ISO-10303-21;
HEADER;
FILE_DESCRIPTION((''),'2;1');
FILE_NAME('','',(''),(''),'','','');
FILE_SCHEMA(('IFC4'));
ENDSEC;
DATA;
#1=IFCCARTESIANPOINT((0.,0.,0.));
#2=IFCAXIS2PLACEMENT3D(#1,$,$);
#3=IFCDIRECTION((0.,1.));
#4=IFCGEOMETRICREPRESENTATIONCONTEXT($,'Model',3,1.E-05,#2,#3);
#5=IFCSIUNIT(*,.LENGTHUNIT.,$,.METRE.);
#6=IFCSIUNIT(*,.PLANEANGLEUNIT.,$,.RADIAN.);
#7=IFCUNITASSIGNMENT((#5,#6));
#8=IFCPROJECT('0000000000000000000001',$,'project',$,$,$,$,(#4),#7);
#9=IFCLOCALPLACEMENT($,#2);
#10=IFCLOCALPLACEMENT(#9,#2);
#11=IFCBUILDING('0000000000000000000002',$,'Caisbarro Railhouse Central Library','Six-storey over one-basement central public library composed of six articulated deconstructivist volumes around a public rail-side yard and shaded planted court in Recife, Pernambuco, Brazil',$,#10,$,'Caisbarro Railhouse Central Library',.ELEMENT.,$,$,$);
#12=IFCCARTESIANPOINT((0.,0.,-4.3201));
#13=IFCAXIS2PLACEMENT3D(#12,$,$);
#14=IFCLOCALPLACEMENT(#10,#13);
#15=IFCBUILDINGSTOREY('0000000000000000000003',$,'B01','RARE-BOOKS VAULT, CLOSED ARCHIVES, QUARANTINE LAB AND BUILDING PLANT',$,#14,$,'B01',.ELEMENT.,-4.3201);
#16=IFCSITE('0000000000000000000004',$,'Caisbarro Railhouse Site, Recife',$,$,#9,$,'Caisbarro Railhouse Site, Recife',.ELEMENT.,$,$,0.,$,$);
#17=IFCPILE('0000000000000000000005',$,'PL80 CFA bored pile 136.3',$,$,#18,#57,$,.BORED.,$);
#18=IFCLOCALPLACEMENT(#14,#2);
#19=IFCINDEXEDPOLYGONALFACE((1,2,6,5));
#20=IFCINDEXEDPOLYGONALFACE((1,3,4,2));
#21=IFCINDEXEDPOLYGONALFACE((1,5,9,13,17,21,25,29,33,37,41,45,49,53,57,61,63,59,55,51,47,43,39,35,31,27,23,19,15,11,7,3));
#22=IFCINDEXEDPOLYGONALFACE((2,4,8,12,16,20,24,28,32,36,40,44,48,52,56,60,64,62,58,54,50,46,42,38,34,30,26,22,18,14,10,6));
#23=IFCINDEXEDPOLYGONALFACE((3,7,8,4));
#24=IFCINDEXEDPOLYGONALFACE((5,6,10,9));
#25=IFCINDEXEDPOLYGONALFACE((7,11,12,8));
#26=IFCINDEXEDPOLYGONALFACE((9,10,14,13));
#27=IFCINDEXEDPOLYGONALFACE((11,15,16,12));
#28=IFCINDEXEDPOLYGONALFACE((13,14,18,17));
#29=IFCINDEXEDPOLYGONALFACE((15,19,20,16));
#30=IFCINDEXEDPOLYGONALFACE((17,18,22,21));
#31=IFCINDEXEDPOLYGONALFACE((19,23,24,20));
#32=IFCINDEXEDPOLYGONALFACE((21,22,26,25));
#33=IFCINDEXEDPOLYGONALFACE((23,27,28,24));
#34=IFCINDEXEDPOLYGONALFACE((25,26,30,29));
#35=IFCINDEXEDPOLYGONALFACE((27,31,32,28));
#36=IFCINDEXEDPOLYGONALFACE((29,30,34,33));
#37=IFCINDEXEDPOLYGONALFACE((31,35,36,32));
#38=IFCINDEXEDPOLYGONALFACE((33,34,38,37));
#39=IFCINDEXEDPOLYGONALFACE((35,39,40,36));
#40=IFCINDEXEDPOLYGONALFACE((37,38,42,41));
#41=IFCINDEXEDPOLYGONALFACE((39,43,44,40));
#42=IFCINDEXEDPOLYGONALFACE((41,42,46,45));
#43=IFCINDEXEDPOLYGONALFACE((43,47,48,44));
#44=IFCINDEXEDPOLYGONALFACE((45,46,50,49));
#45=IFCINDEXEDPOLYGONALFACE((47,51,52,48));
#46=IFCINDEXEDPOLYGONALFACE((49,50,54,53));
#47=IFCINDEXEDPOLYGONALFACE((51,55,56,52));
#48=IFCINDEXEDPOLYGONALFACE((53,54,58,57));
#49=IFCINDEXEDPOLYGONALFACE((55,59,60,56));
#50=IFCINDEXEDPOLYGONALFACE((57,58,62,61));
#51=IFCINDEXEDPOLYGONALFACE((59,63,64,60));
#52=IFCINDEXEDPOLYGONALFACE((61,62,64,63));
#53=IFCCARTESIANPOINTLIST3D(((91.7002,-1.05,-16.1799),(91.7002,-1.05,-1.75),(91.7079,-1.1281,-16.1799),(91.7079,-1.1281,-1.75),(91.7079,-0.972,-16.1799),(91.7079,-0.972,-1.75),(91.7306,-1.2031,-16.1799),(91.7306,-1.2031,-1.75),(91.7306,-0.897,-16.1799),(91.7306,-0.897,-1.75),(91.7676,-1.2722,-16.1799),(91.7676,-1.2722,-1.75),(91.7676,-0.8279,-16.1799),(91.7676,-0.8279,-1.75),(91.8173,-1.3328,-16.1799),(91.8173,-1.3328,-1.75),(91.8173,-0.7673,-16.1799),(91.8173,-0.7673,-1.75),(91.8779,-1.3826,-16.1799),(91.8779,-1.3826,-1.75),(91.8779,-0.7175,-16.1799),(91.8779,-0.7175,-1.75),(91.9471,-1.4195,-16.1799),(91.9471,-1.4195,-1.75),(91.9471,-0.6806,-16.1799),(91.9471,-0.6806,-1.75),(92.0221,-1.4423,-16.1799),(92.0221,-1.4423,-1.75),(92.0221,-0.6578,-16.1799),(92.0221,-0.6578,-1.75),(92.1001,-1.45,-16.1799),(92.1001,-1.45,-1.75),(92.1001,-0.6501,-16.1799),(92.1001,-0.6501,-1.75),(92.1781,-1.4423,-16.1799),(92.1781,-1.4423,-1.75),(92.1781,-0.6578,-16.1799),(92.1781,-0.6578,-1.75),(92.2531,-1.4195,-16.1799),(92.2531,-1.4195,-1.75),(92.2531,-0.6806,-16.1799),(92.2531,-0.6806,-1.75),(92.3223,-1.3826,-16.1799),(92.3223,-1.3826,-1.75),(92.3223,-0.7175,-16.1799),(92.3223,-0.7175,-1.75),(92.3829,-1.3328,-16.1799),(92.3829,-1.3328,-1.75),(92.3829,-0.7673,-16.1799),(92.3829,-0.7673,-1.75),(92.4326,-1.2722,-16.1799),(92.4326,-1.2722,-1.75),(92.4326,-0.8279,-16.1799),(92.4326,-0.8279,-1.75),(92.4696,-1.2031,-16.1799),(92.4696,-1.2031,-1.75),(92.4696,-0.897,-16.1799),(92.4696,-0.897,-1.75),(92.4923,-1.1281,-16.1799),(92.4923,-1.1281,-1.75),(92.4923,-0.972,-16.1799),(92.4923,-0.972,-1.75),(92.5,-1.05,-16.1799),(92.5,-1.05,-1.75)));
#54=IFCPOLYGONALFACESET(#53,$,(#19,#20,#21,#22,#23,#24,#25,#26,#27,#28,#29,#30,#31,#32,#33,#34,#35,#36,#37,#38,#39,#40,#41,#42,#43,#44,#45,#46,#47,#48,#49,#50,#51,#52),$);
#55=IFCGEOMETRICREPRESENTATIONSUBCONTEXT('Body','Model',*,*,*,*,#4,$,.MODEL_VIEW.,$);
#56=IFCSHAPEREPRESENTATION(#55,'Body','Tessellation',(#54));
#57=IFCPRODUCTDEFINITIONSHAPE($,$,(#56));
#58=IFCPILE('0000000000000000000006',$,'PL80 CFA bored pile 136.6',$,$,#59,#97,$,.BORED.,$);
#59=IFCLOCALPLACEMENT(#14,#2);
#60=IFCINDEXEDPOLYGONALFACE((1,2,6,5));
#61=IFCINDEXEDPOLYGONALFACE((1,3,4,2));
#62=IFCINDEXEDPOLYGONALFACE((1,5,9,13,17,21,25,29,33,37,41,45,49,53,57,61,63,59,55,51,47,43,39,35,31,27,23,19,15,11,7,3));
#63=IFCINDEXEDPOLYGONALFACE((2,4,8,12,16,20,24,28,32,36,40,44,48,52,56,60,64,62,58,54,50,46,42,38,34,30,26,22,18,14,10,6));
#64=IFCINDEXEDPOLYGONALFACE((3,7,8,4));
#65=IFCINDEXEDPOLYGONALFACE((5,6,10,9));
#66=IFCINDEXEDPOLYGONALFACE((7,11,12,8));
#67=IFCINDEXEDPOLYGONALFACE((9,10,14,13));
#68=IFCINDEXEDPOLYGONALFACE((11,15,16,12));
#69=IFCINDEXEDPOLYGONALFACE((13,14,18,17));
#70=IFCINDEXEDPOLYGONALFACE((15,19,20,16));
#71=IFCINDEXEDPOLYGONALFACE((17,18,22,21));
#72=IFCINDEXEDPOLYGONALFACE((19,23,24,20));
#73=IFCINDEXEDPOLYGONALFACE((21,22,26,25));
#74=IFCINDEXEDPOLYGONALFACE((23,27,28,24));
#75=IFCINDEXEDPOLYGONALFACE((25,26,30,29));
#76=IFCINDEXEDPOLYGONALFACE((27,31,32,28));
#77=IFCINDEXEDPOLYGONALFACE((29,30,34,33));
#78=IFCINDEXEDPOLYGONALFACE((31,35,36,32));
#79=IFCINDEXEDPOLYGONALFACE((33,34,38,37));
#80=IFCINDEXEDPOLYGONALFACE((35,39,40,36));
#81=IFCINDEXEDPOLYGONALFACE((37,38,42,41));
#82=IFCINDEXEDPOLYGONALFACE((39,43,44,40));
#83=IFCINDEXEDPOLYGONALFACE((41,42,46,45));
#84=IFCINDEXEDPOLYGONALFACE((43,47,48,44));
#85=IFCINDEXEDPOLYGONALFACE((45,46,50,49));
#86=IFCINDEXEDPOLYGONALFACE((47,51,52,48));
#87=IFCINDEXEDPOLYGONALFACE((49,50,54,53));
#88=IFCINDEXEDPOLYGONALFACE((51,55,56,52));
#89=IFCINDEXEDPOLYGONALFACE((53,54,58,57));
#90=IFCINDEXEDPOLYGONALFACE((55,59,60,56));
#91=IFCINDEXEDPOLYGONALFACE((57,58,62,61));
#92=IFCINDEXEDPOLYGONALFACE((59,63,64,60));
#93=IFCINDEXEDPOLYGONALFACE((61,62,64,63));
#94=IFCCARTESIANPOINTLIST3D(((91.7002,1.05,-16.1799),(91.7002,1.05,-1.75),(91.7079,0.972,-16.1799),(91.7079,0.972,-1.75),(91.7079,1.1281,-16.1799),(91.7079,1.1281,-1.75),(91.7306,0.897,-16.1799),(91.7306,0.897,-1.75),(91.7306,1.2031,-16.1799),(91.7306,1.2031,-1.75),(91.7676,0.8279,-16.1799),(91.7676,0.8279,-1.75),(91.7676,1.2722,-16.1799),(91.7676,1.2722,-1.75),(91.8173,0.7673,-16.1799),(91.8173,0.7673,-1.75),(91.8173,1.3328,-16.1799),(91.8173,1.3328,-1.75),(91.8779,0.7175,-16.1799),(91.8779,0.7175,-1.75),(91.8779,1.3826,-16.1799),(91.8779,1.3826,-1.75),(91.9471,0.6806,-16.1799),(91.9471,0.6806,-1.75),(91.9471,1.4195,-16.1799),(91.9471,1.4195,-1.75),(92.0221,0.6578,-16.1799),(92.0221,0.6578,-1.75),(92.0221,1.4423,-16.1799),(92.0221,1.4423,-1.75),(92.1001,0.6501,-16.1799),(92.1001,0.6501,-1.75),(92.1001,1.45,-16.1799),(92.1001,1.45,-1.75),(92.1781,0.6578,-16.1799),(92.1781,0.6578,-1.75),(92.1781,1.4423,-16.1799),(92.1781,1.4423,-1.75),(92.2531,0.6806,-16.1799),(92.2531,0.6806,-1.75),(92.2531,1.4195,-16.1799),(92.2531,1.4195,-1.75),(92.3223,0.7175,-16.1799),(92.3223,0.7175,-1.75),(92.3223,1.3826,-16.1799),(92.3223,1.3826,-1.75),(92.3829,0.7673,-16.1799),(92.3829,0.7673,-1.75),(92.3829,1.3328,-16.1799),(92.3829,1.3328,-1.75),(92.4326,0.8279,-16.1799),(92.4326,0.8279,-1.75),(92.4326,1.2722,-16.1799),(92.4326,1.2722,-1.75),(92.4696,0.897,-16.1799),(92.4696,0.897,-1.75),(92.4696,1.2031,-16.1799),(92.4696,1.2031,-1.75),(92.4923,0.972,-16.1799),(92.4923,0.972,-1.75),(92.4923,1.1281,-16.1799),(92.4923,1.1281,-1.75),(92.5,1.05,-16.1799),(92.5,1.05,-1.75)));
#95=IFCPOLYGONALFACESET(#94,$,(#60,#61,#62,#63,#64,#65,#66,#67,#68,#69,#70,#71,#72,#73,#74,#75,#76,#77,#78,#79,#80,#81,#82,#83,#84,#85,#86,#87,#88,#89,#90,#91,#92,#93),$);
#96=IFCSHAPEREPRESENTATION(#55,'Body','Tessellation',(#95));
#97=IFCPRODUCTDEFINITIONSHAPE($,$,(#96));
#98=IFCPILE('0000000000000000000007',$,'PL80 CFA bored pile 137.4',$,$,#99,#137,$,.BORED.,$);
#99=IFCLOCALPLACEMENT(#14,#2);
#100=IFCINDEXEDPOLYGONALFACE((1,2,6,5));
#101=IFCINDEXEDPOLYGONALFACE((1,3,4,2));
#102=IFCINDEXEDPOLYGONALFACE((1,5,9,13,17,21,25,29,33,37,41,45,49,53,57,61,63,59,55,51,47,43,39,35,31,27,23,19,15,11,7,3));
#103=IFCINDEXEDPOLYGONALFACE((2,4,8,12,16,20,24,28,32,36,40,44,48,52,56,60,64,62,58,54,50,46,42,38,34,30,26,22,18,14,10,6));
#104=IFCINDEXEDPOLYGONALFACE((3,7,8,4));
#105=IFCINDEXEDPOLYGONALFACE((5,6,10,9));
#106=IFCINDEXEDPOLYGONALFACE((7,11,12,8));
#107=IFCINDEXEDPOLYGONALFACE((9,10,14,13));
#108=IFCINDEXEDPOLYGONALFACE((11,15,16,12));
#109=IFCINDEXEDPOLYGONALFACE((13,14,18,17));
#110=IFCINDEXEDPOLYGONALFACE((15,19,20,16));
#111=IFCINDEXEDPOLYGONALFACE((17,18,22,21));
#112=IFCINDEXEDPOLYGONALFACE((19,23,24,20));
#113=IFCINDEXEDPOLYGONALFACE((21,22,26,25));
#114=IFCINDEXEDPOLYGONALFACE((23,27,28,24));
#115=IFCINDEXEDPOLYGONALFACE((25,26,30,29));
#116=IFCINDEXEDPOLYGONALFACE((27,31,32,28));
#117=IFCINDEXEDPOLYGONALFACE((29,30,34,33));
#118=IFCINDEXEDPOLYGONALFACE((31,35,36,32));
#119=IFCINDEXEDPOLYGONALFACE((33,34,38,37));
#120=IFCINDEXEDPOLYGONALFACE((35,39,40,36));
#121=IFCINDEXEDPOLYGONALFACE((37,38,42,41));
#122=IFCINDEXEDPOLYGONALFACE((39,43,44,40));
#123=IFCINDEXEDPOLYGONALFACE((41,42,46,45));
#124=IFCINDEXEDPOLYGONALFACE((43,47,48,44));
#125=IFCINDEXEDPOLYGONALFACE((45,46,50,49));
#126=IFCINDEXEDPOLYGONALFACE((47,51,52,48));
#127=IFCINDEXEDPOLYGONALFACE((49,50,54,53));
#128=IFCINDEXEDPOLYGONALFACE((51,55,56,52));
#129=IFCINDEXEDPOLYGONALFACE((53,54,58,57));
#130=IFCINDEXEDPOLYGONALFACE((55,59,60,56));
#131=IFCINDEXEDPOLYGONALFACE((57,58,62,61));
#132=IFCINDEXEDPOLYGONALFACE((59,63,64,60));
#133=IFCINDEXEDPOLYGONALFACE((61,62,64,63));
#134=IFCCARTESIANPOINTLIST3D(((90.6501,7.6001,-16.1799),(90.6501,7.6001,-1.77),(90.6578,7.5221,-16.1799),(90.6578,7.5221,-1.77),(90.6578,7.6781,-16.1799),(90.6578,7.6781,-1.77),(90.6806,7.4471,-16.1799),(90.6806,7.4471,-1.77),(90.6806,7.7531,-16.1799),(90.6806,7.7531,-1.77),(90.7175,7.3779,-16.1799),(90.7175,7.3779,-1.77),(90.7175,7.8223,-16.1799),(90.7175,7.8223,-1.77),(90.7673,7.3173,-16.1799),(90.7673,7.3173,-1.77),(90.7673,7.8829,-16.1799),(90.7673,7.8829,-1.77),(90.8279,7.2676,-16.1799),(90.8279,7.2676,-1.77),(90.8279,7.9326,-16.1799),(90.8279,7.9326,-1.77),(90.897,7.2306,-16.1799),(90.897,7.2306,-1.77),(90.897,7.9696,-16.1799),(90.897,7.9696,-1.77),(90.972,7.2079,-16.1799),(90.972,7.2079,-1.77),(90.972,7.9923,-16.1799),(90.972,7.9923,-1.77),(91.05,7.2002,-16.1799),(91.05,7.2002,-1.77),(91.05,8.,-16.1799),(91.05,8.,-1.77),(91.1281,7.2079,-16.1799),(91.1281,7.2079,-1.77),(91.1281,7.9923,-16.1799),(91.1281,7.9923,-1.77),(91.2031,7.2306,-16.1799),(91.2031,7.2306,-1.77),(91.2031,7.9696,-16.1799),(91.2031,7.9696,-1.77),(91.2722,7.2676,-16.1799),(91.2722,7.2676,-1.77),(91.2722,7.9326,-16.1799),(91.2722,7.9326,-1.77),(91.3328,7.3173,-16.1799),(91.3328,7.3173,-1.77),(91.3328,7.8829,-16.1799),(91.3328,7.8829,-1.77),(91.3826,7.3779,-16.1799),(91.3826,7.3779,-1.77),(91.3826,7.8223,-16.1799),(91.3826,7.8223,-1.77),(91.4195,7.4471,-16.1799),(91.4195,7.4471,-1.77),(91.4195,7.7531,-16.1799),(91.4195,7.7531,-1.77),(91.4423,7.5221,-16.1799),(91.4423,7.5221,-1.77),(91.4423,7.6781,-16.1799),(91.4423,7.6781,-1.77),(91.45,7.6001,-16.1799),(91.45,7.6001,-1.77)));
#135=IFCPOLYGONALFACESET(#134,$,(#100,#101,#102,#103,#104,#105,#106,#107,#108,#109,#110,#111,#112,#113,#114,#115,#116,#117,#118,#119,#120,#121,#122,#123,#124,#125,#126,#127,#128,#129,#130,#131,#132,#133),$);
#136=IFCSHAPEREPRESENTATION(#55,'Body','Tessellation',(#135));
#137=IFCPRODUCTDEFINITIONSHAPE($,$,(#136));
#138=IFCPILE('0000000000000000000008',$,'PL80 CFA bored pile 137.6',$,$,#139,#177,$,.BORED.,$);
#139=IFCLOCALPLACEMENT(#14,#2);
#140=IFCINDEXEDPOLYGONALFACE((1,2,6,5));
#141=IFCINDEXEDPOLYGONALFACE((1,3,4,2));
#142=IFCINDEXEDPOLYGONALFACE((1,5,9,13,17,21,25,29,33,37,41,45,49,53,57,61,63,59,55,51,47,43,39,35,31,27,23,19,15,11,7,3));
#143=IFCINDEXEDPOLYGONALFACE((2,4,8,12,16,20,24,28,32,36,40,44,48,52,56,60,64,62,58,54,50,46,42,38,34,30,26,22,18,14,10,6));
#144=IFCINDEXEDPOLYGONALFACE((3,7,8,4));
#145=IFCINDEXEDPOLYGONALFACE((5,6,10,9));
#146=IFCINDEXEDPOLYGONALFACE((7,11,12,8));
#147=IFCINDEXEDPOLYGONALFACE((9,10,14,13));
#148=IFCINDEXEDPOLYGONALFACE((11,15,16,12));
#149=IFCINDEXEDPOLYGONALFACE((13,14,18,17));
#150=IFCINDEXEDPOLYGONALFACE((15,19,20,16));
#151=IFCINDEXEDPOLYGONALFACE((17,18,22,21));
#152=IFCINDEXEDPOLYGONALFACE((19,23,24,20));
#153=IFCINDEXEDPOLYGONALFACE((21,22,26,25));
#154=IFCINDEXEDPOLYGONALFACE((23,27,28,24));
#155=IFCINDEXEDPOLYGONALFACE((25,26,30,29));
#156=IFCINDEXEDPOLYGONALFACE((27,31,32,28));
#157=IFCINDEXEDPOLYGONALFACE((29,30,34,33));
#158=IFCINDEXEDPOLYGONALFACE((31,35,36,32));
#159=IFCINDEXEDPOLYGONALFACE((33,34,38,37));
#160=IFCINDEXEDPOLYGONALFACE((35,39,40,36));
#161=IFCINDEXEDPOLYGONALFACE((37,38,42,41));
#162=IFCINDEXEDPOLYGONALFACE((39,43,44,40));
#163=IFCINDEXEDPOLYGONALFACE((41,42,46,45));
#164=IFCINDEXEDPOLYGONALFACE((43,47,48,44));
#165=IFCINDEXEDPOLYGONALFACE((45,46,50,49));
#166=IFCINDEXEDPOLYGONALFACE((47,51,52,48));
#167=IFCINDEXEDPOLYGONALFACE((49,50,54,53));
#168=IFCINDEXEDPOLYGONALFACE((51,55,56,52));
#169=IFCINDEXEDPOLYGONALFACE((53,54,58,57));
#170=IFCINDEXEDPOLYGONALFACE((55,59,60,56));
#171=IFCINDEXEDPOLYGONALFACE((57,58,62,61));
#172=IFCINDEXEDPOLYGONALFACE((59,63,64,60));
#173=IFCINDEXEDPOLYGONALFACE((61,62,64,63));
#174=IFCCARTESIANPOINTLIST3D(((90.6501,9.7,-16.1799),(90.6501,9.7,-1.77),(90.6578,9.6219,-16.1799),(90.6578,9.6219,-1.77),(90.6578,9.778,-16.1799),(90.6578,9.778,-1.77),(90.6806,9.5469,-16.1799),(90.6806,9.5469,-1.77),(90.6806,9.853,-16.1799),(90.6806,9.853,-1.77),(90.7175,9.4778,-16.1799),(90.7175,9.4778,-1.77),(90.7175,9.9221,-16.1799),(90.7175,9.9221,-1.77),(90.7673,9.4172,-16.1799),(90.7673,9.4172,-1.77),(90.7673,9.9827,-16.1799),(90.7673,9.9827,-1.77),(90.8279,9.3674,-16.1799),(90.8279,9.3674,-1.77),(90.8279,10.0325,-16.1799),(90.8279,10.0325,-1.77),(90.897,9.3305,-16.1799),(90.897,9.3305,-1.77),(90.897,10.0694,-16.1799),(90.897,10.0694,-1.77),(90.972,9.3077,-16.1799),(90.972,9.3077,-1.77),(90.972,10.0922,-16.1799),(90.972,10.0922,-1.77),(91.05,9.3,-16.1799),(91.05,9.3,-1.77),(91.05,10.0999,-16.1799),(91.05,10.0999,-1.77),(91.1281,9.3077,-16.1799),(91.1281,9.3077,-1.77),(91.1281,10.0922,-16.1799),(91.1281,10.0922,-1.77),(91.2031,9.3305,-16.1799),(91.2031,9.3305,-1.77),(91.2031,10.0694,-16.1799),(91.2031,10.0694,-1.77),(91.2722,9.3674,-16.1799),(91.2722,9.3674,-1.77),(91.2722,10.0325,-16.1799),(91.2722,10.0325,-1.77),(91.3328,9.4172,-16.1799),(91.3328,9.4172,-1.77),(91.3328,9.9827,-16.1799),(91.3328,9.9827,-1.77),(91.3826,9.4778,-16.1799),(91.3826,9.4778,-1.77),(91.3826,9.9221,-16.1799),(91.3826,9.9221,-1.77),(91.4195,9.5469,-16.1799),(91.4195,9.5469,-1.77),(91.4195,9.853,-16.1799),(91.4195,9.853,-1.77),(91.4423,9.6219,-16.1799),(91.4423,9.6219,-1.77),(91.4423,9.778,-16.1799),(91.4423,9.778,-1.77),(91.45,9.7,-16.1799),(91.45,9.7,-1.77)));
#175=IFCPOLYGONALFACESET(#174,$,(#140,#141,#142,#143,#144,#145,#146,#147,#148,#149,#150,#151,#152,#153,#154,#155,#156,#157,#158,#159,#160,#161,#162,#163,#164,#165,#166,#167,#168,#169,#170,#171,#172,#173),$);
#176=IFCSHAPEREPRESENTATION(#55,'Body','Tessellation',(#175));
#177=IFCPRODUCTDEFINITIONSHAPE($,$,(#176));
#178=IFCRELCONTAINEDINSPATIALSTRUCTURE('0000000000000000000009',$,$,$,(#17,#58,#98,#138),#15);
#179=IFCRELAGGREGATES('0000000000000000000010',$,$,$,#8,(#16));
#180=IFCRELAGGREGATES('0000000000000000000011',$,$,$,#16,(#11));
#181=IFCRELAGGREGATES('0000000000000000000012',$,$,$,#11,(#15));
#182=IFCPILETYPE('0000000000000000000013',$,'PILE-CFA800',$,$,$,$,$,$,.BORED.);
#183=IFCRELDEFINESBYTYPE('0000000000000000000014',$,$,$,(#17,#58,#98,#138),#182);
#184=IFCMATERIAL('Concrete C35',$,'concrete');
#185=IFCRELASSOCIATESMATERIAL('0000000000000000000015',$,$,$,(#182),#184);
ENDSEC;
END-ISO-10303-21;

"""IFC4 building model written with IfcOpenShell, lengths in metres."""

from ifc_helpers import new_model, si_unit, direction, frame, origin, origin_2d, place, context, subcontext, project, spatial, circle, extrude, material, material_profile, profile_set, type_object, element, save


model = new_model("IFC4")

# Units and contexts
model_context = context("Model", 3, precision=1e-05, world=origin(), true_north=direction((0.0, 1.0)))
body_context = subcontext(model_context, "Body", "Model", "MODEL_VIEW")
ifc_project = project(units=[si_unit("LENGTHUNIT", "METRE"), si_unit("PLANEANGLEUNIT", "RADIAN")], contexts=[model_context])

# Site, building, storey
site_placement = place(None, origin())
site = spatial("IfcSite", under=ifc_project, at=site_placement, Name="Caisbarro Railhouse Site, Recife", LongName="Caisbarro Railhouse Site, Recife", CompositionType="ELEMENT", RefElevation=0.0)
building_placement = place(site_placement, origin())
building = spatial("IfcBuilding", under=site, at=building_placement, Name="Caisbarro Railhouse Central Library", Description="Six-storey over one-basement central public library composed of six articulated deconstructivist volumes around a public rail-side yard and shaded planted court in Recife, Pernambuco, Brazil", LongName="Caisbarro Railhouse Central Library", CompositionType="ELEMENT")
storey_placement = place(building_placement, frame((0.0, 0.0, -4.3201)))
storey = spatial("IfcBuildingStorey", under=building, at=storey_placement, Name="B01", Description="RARE-BOOKS VAULT, CLOSED ARCHIVES, QUARANTINE LAB AND BUILDING PLANT", LongName="B01", CompositionType="ELEMENT", Elevation=-4.3201)

# Piles
ifc_material_1 = material(Name="Concrete C35", Category="concrete")
ifc_material_profile_1 = material_profile(ifc_material_1, circle(Radius=0.3999, at=origin_2d()), Name="PILE-CFA-800")
ifc_profile_set_1 = profile_set([ifc_material_profile_1], Name="Concrete C35")
pile_type = type_object("IfcPileType", Name="PILE-CFA800", PredefinedType="BORED", material=ifc_profile_set_1)
for number, where, z_axis, x_axis, name in (
    (1, (92.1001, -1.05, -1.75), (0.0, 0.0, -1.0), (1.0, 0.0, 0.0), "PL80 CFA bored pile 136.3"),
    (2, (92.1001, 1.05, -1.75), (0.0, 0.0, -1.0), (1.0, 0.0, 0.0), "PL80 CFA bored pile 136.6"),
):
    element("IfcPile", number, at=place(storey_placement, frame(where, z_axis=z_axis, x_axis=x_axis)), inside=storey, type_object=pile_type, Name=name, PredefinedType="BORED", context=body_context, shape_type="SweptSolid", body=[
        extrude(circle(Radius=0.3999, at=origin_2d()), origin(), (0.0, 0.0, 1.0), 14.4299),
    ])
for number, where, z_axis, x_axis, name in (
    (3, (91.05, 7.6001, -1.77), (0.0, 0.0, -1.0), (1.0, 0.0, 0.0), "PL80 CFA bored pile 137.4"),
    (4, (91.05, 9.7, -1.77), (0.0, 0.0, -1.0), (1.0, 0.0, 0.0), "PL80 CFA bored pile 137.6"),
):
    element("IfcPile", number, at=place(storey_placement, frame(where, z_axis=z_axis, x_axis=x_axis)), inside=storey, type_object=pile_type, Name=name, PredefinedType="BORED", context=body_context, shape_type="SweptSolid", body=[
        extrude(circle(Radius=0.3999, at=origin_2d()), origin(), (0.0, 0.0, 1.0), 14.4099),
    ])

save(model, "model.ifc")
